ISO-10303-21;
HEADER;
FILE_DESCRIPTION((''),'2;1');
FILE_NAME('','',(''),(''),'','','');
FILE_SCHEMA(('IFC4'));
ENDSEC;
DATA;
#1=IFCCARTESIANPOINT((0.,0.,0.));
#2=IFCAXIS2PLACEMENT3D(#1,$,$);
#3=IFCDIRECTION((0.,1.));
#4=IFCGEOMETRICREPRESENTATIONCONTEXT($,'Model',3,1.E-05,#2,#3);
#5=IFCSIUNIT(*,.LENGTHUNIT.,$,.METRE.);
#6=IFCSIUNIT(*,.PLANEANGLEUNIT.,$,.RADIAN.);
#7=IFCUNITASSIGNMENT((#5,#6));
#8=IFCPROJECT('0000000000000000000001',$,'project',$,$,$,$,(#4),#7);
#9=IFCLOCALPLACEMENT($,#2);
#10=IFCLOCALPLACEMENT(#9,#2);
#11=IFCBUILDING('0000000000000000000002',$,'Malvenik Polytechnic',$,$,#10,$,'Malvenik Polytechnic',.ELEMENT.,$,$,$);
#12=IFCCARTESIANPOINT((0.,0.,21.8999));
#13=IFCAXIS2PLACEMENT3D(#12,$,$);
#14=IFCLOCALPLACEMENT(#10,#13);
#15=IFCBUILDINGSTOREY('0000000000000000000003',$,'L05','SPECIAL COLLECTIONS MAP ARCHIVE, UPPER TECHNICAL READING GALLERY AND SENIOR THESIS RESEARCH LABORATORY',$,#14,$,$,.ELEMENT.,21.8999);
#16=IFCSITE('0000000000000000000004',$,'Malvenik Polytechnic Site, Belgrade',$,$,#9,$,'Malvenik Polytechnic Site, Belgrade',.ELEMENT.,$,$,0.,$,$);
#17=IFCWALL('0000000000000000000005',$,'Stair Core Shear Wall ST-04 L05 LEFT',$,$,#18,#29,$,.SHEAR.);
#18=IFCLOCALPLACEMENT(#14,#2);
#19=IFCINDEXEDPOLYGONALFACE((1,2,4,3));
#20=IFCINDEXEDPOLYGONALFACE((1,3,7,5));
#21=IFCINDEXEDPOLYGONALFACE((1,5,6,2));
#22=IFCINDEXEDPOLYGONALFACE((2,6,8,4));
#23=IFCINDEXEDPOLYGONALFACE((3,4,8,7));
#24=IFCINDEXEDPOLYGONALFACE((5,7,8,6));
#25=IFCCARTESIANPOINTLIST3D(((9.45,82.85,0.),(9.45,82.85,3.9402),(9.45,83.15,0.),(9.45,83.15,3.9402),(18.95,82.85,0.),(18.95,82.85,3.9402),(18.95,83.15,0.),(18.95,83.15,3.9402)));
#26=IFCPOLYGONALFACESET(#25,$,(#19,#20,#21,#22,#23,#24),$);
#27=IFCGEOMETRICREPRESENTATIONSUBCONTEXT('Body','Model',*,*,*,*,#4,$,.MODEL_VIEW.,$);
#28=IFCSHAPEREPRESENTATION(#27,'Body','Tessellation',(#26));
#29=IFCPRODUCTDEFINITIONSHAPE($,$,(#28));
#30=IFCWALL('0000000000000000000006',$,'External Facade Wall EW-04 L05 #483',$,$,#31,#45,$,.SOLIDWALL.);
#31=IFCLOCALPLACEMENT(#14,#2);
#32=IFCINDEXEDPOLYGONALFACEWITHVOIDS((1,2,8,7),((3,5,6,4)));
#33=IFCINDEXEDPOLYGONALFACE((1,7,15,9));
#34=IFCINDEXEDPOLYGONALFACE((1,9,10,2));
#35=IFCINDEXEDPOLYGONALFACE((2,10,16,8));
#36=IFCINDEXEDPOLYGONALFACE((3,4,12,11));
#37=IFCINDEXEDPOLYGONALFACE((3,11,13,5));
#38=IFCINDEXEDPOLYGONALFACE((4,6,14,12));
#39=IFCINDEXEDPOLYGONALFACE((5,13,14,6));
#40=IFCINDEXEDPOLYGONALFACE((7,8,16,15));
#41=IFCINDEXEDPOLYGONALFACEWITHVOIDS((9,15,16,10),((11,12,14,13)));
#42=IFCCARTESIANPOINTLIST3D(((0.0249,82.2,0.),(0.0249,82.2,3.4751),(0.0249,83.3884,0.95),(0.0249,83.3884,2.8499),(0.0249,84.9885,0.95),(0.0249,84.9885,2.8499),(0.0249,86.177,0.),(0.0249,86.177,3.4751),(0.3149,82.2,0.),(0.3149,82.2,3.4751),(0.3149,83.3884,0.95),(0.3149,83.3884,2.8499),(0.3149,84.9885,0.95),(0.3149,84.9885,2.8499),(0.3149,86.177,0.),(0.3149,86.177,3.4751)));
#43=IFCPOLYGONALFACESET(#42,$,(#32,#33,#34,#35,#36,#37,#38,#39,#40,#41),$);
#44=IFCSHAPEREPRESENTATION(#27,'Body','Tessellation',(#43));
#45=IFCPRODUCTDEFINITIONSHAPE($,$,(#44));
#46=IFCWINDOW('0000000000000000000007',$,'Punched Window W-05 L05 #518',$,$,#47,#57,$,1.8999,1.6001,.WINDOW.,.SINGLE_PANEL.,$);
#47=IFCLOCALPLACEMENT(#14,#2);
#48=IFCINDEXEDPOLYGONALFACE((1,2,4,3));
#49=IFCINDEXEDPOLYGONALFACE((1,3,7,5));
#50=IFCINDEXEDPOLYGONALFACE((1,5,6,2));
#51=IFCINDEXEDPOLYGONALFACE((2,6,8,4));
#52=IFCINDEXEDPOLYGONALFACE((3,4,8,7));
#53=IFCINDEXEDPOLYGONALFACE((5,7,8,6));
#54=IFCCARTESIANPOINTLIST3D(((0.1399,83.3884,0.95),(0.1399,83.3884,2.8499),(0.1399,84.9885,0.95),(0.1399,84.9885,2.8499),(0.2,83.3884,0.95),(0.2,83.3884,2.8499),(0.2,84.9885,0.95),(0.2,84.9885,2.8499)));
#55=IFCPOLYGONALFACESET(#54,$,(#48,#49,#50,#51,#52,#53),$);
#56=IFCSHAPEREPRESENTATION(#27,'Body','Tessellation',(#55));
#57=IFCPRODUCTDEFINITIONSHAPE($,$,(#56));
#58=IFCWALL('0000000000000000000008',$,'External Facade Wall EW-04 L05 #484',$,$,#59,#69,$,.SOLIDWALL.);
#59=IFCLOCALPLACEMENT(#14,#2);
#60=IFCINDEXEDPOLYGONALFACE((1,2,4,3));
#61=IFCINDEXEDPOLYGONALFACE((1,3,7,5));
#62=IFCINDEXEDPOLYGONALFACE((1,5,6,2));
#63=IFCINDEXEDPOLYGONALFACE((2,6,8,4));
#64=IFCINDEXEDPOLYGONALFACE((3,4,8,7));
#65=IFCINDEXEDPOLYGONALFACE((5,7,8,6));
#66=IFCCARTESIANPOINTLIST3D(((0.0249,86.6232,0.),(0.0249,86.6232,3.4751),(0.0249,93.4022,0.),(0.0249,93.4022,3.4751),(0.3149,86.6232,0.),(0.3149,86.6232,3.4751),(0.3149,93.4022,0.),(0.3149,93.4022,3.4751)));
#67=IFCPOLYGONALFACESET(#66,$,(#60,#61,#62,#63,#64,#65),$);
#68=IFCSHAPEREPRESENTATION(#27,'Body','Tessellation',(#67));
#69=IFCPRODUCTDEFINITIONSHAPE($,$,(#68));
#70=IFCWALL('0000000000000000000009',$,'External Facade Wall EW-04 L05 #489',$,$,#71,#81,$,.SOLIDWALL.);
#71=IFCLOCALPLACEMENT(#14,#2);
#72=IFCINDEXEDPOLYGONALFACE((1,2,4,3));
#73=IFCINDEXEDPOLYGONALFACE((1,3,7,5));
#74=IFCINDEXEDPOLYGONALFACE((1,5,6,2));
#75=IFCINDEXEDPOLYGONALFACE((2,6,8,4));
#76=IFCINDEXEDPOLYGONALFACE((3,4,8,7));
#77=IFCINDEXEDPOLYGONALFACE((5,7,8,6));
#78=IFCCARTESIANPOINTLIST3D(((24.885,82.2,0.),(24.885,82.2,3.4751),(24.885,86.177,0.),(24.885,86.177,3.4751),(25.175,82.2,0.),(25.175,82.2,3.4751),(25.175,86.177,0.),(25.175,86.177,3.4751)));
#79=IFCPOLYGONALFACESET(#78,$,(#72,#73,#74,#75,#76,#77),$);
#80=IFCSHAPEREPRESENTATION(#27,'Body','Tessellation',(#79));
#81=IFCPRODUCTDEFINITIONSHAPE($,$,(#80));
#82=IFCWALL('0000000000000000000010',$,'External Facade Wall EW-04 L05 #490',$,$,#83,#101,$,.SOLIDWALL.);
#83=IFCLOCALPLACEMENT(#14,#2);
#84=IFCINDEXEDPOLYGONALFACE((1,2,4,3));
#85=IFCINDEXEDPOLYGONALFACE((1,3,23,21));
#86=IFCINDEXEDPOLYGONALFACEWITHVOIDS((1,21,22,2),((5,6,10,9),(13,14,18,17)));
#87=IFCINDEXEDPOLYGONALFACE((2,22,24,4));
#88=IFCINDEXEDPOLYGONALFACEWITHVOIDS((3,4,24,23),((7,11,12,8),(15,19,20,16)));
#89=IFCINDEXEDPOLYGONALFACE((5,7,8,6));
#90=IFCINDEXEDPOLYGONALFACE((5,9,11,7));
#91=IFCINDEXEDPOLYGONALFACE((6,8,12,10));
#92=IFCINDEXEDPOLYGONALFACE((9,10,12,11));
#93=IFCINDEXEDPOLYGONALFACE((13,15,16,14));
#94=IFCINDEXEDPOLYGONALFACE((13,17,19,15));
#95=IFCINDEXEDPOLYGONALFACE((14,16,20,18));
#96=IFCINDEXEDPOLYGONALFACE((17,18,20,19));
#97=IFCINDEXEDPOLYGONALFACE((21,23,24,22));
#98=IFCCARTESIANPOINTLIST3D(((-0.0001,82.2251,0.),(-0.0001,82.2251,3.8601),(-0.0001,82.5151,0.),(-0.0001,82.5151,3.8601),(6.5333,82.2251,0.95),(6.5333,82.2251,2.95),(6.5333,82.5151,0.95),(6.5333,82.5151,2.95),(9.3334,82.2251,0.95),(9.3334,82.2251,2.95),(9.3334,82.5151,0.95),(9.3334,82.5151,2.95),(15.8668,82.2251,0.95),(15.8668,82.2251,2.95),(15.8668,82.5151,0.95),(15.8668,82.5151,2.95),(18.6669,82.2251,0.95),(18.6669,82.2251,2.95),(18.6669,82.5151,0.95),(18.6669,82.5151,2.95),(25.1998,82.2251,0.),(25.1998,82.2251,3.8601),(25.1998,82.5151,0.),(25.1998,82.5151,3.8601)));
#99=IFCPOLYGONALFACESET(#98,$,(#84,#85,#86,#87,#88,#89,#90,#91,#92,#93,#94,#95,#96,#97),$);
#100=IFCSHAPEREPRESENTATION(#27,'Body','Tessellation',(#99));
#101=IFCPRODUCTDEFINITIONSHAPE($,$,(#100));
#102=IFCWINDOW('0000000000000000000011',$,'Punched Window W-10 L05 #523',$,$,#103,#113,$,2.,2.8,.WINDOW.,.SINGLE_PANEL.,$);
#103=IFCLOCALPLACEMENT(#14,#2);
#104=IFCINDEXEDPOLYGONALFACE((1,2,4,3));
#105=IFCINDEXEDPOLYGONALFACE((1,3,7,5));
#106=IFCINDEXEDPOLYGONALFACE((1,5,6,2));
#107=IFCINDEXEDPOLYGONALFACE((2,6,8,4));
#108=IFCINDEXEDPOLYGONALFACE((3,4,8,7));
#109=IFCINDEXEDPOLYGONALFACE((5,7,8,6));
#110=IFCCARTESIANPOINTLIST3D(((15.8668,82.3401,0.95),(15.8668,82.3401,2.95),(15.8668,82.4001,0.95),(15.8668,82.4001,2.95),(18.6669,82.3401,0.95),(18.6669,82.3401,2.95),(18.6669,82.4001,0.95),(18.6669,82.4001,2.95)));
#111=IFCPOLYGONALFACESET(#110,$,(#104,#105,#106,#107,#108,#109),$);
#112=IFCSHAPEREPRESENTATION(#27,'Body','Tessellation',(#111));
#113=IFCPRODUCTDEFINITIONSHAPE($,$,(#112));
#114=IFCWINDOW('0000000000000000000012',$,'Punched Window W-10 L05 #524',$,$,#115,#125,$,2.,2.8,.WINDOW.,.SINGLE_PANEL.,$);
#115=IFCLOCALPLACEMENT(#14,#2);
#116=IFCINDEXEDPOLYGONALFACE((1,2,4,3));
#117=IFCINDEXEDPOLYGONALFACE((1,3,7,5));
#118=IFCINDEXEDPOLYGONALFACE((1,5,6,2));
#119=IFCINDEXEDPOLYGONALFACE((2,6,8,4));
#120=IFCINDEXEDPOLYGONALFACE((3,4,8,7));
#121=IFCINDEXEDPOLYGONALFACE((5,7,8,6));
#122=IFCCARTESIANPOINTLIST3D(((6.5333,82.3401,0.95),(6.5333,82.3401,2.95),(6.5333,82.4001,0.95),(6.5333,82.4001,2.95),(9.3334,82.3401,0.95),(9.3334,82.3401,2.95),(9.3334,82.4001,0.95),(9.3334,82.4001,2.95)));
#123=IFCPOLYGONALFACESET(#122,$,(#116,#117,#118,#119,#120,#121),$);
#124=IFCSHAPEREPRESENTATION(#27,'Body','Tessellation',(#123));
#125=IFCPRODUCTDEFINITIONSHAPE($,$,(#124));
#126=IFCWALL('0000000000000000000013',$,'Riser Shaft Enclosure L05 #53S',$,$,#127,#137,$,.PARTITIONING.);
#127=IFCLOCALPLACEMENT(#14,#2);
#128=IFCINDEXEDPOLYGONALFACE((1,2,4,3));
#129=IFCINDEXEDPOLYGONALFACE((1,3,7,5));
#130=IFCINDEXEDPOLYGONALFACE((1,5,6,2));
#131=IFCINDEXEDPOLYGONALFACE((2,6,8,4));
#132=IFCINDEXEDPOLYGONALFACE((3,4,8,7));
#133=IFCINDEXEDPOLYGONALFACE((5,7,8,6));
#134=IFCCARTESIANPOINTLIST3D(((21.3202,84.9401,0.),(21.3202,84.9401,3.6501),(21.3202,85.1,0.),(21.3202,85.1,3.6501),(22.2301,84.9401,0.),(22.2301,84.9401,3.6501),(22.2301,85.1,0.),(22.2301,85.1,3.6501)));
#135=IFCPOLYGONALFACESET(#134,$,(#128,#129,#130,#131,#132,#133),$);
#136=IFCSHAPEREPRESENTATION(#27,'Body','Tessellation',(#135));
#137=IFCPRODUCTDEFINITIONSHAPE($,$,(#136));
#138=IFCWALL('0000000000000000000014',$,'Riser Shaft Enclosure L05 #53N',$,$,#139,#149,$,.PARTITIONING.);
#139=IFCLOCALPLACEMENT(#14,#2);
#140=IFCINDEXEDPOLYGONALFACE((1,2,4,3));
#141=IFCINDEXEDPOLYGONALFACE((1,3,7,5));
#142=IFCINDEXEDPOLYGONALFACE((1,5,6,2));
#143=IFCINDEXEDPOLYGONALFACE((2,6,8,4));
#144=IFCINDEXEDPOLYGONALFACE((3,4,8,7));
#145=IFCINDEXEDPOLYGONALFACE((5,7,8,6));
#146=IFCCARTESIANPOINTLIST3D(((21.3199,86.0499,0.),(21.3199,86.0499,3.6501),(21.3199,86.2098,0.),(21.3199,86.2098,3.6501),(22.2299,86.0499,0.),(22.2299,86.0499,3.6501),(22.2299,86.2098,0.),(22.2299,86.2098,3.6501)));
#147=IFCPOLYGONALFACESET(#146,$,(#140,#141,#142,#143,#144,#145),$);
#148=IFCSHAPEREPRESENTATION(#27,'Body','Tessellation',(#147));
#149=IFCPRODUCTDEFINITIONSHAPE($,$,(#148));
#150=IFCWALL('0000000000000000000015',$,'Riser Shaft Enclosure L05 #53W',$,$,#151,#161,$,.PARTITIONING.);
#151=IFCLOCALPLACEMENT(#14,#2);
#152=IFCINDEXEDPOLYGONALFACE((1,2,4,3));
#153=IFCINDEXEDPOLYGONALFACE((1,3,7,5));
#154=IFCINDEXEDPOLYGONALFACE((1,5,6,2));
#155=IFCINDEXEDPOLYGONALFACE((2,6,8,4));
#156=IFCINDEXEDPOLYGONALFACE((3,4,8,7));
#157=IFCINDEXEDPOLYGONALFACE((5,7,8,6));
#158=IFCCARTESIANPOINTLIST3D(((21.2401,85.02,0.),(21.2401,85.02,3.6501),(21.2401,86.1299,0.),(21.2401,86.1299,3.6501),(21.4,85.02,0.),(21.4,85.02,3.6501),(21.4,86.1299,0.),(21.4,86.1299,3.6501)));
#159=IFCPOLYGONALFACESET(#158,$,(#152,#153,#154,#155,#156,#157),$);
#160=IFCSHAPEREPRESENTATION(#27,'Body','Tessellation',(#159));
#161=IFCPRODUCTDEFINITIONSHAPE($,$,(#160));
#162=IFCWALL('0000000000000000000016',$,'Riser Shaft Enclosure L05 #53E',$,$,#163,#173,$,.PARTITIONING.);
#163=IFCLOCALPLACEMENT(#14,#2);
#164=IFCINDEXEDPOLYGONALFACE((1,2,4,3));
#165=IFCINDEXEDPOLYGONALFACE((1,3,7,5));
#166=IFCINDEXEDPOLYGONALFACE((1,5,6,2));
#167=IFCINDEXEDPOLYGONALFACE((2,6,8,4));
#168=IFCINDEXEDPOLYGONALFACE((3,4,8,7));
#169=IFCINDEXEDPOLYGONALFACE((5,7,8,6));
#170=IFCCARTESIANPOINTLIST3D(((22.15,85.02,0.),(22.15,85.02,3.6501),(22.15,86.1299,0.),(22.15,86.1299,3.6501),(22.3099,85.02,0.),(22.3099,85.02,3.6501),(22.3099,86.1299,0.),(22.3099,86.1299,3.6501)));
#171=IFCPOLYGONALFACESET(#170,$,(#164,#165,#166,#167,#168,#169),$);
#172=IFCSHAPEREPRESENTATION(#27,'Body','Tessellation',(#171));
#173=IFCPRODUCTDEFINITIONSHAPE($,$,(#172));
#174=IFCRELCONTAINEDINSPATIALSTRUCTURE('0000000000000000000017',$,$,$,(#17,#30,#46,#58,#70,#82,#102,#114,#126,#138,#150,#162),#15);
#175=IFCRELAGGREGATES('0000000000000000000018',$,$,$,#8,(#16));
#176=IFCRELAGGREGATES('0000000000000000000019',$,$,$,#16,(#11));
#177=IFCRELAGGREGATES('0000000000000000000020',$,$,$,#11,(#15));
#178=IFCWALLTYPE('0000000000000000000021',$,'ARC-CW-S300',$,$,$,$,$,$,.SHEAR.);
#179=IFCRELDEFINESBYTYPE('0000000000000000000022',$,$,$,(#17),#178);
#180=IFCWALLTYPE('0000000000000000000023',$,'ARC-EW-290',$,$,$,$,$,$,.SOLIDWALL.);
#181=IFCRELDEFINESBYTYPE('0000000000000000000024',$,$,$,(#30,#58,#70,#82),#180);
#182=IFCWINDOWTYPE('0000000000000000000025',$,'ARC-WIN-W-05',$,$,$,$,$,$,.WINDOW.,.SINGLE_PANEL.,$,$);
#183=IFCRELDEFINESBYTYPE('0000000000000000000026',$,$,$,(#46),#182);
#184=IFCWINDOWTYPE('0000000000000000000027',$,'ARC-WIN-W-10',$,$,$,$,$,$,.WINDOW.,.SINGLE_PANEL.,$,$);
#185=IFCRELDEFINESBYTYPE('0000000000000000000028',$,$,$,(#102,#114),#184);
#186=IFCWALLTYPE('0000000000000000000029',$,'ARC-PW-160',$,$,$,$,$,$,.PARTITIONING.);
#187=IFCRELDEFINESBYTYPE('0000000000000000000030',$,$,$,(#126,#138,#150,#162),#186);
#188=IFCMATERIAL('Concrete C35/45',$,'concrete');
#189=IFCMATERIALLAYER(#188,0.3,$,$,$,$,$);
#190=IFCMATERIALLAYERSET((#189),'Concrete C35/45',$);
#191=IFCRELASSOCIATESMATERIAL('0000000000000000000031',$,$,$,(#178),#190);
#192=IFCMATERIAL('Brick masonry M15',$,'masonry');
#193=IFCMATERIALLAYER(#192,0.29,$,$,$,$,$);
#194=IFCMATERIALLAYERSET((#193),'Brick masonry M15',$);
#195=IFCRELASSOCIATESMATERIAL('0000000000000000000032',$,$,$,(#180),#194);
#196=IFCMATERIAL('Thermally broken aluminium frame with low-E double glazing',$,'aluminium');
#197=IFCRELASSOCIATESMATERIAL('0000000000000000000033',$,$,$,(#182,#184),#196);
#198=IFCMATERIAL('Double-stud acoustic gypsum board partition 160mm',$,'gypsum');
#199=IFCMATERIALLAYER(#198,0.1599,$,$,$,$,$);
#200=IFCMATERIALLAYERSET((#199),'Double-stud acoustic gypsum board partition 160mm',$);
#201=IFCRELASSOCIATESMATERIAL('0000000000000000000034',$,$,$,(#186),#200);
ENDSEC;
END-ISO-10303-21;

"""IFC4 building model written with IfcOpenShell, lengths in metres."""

from ifc_helpers import new_model, si_unit, direction, frame, frame_2d, origin, place, context, subcontext, project, spatial, rectangle, extrude, material, layer, layer_set, type_object, element, fill, save


model = new_model("IFC4")

# Units and contexts
model_context = context("Model", 3, precision=1e-05, world=origin(), true_north=direction((0.0, 1.0)))
body_context = subcontext(model_context, "Body", "Model", "MODEL_VIEW")
ifc_project = project(units=[si_unit("LENGTHUNIT", "METRE"), si_unit("PLANEANGLEUNIT", "RADIAN")], contexts=[model_context])

# Site, building, storey
site_placement = place(None, origin())
site = spatial("IfcSite", under=ifc_project, at=site_placement, Name="Malvenik Polytechnic Site, Belgrade", LongName="Malvenik Polytechnic Site, Belgrade", CompositionType="ELEMENT", RefElevation=0.0)
building_placement = place(site_placement, origin())
building = spatial("IfcBuilding", under=site, at=building_placement, Name="Malvenik Polytechnic", LongName="Malvenik Polytechnic", CompositionType="ELEMENT")
storey_placement = place(building_placement, frame((0.0, 0.0, 21.8999)))
storey = spatial("IfcBuildingStorey", under=building, at=storey_placement, Name="L05", Description="SPECIAL COLLECTIONS MAP ARCHIVE, UPPER TECHNICAL READING GALLERY AND SENIOR THESIS RESEARCH LABORATORY", CompositionType="ELEMENT", Elevation=21.8999)

# Shared definitions
ifc_material_1 = material(Name="Concrete C35/45", Category="concrete")

# Wall
ifc_layer_1 = layer(ifc_material_1, 0.3)
ifc_layer_set_1 = layer_set([ifc_layer_1], Name="Concrete C35/45")
wall_type_1 = type_object("IfcWallType", Name="ARC-CW-S300", PredefinedType="SHEAR", material=ifc_layer_set_1)
wall_1_placement = place(storey_placement, frame((18.95, 83.0, 0.0), z_axis=(0.0, 0.0, 1.0), x_axis=(-1.0, 0.0, 0.0)))
element("IfcWall", 1, at=wall_1_placement, inside=storey, type_object=wall_type_1, Name="Stair Core Shear Wall ST-04 L05 LEFT", PredefinedType="SHEAR", context=body_context, shape_type="SweptSolid", body=[
    extrude(rectangle(XDim=9.5, YDim=0.3, at=frame_2d((4.75, 0.0))), origin(), (0.0, 0.0, 1.0), 3.9402),
])

# Wall, opening, window
ifc_material_2 = material(Name="Brick masonry M15", Category="masonry")
ifc_layer_2 = layer(ifc_material_2, 0.29)
ifc_layer_set_2 = layer_set([ifc_layer_2], Name="Brick masonry M15")
wall_type_2 = type_object("IfcWallType", Name="ARC-EW-290", PredefinedType="SOLIDWALL", material=ifc_layer_set_2)
wall_2_placement = place(storey_placement, frame((0.1699, 82.2, 0.0), z_axis=(0.0, 0.0, 1.0), x_axis=(0.0, 1.0, 0.0)))
wall_2 = element("IfcWall", 2, at=wall_2_placement, inside=storey, type_object=wall_type_2, Name="External Facade Wall EW-04 L05 #483", PredefinedType="SOLIDWALL", context=body_context, shape_type="SweptSolid", body=[
    extrude(rectangle(XDim=3.9771, YDim=0.29, at=frame_2d((1.9885, 0.0))), origin(), (0.0, 0.0, 1.0), 3.4751),
])
opening_1_placement = place(wall_2_placement, frame((1.1885, 0.0, 0.95)))
opening_1 = element("IfcOpeningElement", 3, at=opening_1_placement, cuts=wall_2, PredefinedType="OPENING", context=body_context, shape_type="SweptSolid", body=[
    extrude(rectangle(XDim=1.6001, YDim=1.8999, at=frame_2d((0.8, 0.95))), frame((0.0, 0.155, 0.0), z_axis=(0.0, -1.0, 0.0), x_axis=(1.0, 0.0, 0.0)), (0.0, 0.0, 1.0), 0.3101),
])
ifc_material_3 = material(Name="Thermally broken aluminium frame with low-E double glazing", Category="aluminium")
window_type_1 = type_object("IfcWindowType", Name="ARC-WIN-W-05", PartitioningType="SINGLE_PANEL", PredefinedType="WINDOW", material=ifc_material_3)
window_1_placement = place(opening_1_placement, origin())
window_1 = element("IfcWindow", 4, at=window_1_placement, inside=storey, type_object=window_type_1, Name="Punched Window W-05 L05 #518", OverallHeight=1.8999, OverallWidth=1.6001, PartitioningType="SINGLE_PANEL", PredefinedType="WINDOW", context=body_context, shape_type="SweptSolid", body=[
    extrude(rectangle(XDim=1.6001, YDim=1.8999, at=frame_2d((0.8, 0.95))), frame((0.0, 0.03, 0.0), z_axis=(0.0, -1.0, 0.0), x_axis=(1.0, 0.0, 0.0)), (0.0, 0.0, 1.0), 0.0601),
])
fill(opening_1, window_1)

# Walls
wall_3_placement = place(storey_placement, frame((0.1699, 86.623, 0.0), z_axis=(0.0, 0.0, 1.0), x_axis=(0.0, 1.0, 0.0)))
element("IfcWall", 5, at=wall_3_placement, inside=storey, type_object=wall_type_2, Name="External Facade Wall EW-04 L05 #484", PredefinedType="SOLIDWALL", context=body_context, shape_type="SweptSolid", body=[
    extrude(rectangle(XDim=6.7791, YDim=0.29, at=frame_2d((3.3896, 0.0))), origin(), (0.0, 0.0, 1.0), 3.4751),
])
wall_4_placement = place(storey_placement, frame((25.03, 86.177, 0.0), z_axis=(0.0, 0.0, 1.0), x_axis=(0.0, -1.0, 0.0)))
element("IfcWall", 6, at=wall_4_placement, inside=storey, type_object=wall_type_2, Name="External Facade Wall EW-04 L05 #489", PredefinedType="SOLIDWALL", context=body_context, shape_type="SweptSolid", body=[
    extrude(rectangle(XDim=3.9771, YDim=0.29, at=frame_2d((1.9885, 0.0))), origin(), (0.0, 0.0, 1.0), 3.4751),
])

# Wall, openings, windows
wall_5_placement = place(storey_placement, frame((25.2, 82.3701, 0.0), z_axis=(0.0, 0.0, 1.0), x_axis=(-1.0, 0.0, 0.0)))
wall_5 = element("IfcWall", 7, at=wall_5_placement, inside=storey, type_object=wall_type_2, Name="External Facade Wall EW-04 L05 #490", PredefinedType="SOLIDWALL", context=body_context, shape_type="SweptSolid", body=[
    extrude(rectangle(XDim=25.2, YDim=0.29, at=frame_2d((12.6001, 0.0))), origin(), (0.0, 0.0, 1.0), 3.8601),
])
opening_2_placement = place(wall_5_placement, frame((6.5332, 0.0, 0.95)))
opening_2 = element("IfcOpeningElement", 8, at=opening_2_placement, cuts=wall_5, PredefinedType="OPENING", context=body_context, shape_type="SweptSolid", body=[
    extrude(rectangle(XDim=2.8, YDim=2.0, at=frame_2d((1.3999, 1.0))), frame((0.0, 0.155, 0.0), z_axis=(0.0, -1.0, 0.0), x_axis=(1.0, 0.0, 0.0)), (0.0, 0.0, 1.0), 0.3101),
])
opening_3_placement = place(wall_5_placement, frame((15.8667, 0.0, 0.95)))
opening_3 = element("IfcOpeningElement", 9, at=opening_3_placement, cuts=wall_5, PredefinedType="OPENING", context=body_context, shape_type="SweptSolid", body=[
    extrude(rectangle(XDim=2.8, YDim=2.0, at=frame_2d((1.3999, 1.0))), frame((0.0, 0.155, 0.0), z_axis=(0.0, -1.0, 0.0), x_axis=(1.0, 0.0, 0.0)), (0.0, 0.0, 1.0), 0.3101),
])
window_type_2 = type_object("IfcWindowType", Name="ARC-WIN-W-10", PartitioningType="SINGLE_PANEL", PredefinedType="WINDOW", material=ifc_material_3)
window_2_placement = place(opening_2_placement, origin())
window_2 = element("IfcWindow", 10, at=window_2_placement, inside=storey, type_object=window_type_2, Name="Punched Window W-10 L05 #523", OverallHeight=2.0, OverallWidth=2.8, PartitioningType="SINGLE_PANEL", PredefinedType="WINDOW", context=body_context, shape_type="SweptSolid", body=[
    extrude(rectangle(XDim=2.8, YDim=2.0, at=frame_2d((1.3999, 1.0))), frame((0.0, 0.03, 0.0), z_axis=(0.0, -1.0, 0.0), x_axis=(1.0, 0.0, 0.0)), (0.0, 0.0, 1.0), 0.0601),
])
fill(opening_2, window_2)
window_3_placement = place(opening_3_placement, origin())
window_3 = element("IfcWindow", 11, at=window_3_placement, inside=storey, type_object=window_type_2, Name="Punched Window W-10 L05 #524", OverallHeight=2.0, OverallWidth=2.8, PartitioningType="SINGLE_PANEL", PredefinedType="WINDOW", context=body_context, shape_type="SweptSolid", body=[
    extrude(rectangle(XDim=2.8, YDim=2.0, at=frame_2d((1.3999, 1.0))), frame((0.0, 0.03, 0.0), z_axis=(0.0, -1.0, 0.0), x_axis=(1.0, 0.0, 0.0)), (0.0, 0.0, 1.0), 0.0601),
])
fill(opening_3, window_3)

# Walls
ifc_material_4 = material(Name="Double-stud acoustic gypsum board partition 160mm", Category="gypsum")
ifc_layer_3 = layer(ifc_material_4, 0.1599)
ifc_layer_set_3 = layer_set([ifc_layer_3], Name="Double-stud acoustic gypsum board partition 160mm")
wall_type_3 = type_object("IfcWallType", Name="ARC-PW-160", PredefinedType="PARTITIONING", material=ifc_layer_set_3)
for number, where, z_axis, x_axis, name in (
    (12, (21.3201, 85.02, 0.0), (0.0, 0.0, 1.0), (1.0, 0.0, 0.0), "Riser Shaft Enclosure L05 #53S"),
    (13, (22.23, 86.1299, 0.0), (0.0, 0.0, 1.0), (-1.0, 0.0, 0.0), "Riser Shaft Enclosure L05 #53N"),
):
    element("IfcWall", number, at=place(storey_placement, frame(where, z_axis=z_axis, x_axis=x_axis)), inside=storey, type_object=wall_type_3, Name=name, PredefinedType="PARTITIONING", context=body_context, shape_type="SweptSolid", body=[
        extrude(rectangle(XDim=0.9099, YDim=0.1599, at=frame_2d((0.4551, 0.0))), origin(), (0.0, 0.0, 1.0), 3.6501),
    ])
for number, where, z_axis, x_axis, name in (
    (14, (21.3201, 86.1299, 0.0), (0.0, 0.0, 1.0), (0.0, -1.0, 0.0), "Riser Shaft Enclosure L05 #53W"),
    (15, (22.23, 85.02, 0.0), (0.0, 0.0, 1.0), (0.0, 1.0, 0.0), "Riser Shaft Enclosure L05 #53E"),
):
    element("IfcWall", number, at=place(storey_placement, frame(where, z_axis=z_axis, x_axis=x_axis)), inside=storey, type_object=wall_type_3, Name=name, PredefinedType="PARTITIONING", context=body_context, shape_type="SweptSolid", body=[
        extrude(rectangle(XDim=1.1099, YDim=0.1599, at=frame_2d((0.5549, 0.0))), origin(), (0.0, 0.0, 1.0), 3.6501),
    ])

save(model, "model.ifc")
